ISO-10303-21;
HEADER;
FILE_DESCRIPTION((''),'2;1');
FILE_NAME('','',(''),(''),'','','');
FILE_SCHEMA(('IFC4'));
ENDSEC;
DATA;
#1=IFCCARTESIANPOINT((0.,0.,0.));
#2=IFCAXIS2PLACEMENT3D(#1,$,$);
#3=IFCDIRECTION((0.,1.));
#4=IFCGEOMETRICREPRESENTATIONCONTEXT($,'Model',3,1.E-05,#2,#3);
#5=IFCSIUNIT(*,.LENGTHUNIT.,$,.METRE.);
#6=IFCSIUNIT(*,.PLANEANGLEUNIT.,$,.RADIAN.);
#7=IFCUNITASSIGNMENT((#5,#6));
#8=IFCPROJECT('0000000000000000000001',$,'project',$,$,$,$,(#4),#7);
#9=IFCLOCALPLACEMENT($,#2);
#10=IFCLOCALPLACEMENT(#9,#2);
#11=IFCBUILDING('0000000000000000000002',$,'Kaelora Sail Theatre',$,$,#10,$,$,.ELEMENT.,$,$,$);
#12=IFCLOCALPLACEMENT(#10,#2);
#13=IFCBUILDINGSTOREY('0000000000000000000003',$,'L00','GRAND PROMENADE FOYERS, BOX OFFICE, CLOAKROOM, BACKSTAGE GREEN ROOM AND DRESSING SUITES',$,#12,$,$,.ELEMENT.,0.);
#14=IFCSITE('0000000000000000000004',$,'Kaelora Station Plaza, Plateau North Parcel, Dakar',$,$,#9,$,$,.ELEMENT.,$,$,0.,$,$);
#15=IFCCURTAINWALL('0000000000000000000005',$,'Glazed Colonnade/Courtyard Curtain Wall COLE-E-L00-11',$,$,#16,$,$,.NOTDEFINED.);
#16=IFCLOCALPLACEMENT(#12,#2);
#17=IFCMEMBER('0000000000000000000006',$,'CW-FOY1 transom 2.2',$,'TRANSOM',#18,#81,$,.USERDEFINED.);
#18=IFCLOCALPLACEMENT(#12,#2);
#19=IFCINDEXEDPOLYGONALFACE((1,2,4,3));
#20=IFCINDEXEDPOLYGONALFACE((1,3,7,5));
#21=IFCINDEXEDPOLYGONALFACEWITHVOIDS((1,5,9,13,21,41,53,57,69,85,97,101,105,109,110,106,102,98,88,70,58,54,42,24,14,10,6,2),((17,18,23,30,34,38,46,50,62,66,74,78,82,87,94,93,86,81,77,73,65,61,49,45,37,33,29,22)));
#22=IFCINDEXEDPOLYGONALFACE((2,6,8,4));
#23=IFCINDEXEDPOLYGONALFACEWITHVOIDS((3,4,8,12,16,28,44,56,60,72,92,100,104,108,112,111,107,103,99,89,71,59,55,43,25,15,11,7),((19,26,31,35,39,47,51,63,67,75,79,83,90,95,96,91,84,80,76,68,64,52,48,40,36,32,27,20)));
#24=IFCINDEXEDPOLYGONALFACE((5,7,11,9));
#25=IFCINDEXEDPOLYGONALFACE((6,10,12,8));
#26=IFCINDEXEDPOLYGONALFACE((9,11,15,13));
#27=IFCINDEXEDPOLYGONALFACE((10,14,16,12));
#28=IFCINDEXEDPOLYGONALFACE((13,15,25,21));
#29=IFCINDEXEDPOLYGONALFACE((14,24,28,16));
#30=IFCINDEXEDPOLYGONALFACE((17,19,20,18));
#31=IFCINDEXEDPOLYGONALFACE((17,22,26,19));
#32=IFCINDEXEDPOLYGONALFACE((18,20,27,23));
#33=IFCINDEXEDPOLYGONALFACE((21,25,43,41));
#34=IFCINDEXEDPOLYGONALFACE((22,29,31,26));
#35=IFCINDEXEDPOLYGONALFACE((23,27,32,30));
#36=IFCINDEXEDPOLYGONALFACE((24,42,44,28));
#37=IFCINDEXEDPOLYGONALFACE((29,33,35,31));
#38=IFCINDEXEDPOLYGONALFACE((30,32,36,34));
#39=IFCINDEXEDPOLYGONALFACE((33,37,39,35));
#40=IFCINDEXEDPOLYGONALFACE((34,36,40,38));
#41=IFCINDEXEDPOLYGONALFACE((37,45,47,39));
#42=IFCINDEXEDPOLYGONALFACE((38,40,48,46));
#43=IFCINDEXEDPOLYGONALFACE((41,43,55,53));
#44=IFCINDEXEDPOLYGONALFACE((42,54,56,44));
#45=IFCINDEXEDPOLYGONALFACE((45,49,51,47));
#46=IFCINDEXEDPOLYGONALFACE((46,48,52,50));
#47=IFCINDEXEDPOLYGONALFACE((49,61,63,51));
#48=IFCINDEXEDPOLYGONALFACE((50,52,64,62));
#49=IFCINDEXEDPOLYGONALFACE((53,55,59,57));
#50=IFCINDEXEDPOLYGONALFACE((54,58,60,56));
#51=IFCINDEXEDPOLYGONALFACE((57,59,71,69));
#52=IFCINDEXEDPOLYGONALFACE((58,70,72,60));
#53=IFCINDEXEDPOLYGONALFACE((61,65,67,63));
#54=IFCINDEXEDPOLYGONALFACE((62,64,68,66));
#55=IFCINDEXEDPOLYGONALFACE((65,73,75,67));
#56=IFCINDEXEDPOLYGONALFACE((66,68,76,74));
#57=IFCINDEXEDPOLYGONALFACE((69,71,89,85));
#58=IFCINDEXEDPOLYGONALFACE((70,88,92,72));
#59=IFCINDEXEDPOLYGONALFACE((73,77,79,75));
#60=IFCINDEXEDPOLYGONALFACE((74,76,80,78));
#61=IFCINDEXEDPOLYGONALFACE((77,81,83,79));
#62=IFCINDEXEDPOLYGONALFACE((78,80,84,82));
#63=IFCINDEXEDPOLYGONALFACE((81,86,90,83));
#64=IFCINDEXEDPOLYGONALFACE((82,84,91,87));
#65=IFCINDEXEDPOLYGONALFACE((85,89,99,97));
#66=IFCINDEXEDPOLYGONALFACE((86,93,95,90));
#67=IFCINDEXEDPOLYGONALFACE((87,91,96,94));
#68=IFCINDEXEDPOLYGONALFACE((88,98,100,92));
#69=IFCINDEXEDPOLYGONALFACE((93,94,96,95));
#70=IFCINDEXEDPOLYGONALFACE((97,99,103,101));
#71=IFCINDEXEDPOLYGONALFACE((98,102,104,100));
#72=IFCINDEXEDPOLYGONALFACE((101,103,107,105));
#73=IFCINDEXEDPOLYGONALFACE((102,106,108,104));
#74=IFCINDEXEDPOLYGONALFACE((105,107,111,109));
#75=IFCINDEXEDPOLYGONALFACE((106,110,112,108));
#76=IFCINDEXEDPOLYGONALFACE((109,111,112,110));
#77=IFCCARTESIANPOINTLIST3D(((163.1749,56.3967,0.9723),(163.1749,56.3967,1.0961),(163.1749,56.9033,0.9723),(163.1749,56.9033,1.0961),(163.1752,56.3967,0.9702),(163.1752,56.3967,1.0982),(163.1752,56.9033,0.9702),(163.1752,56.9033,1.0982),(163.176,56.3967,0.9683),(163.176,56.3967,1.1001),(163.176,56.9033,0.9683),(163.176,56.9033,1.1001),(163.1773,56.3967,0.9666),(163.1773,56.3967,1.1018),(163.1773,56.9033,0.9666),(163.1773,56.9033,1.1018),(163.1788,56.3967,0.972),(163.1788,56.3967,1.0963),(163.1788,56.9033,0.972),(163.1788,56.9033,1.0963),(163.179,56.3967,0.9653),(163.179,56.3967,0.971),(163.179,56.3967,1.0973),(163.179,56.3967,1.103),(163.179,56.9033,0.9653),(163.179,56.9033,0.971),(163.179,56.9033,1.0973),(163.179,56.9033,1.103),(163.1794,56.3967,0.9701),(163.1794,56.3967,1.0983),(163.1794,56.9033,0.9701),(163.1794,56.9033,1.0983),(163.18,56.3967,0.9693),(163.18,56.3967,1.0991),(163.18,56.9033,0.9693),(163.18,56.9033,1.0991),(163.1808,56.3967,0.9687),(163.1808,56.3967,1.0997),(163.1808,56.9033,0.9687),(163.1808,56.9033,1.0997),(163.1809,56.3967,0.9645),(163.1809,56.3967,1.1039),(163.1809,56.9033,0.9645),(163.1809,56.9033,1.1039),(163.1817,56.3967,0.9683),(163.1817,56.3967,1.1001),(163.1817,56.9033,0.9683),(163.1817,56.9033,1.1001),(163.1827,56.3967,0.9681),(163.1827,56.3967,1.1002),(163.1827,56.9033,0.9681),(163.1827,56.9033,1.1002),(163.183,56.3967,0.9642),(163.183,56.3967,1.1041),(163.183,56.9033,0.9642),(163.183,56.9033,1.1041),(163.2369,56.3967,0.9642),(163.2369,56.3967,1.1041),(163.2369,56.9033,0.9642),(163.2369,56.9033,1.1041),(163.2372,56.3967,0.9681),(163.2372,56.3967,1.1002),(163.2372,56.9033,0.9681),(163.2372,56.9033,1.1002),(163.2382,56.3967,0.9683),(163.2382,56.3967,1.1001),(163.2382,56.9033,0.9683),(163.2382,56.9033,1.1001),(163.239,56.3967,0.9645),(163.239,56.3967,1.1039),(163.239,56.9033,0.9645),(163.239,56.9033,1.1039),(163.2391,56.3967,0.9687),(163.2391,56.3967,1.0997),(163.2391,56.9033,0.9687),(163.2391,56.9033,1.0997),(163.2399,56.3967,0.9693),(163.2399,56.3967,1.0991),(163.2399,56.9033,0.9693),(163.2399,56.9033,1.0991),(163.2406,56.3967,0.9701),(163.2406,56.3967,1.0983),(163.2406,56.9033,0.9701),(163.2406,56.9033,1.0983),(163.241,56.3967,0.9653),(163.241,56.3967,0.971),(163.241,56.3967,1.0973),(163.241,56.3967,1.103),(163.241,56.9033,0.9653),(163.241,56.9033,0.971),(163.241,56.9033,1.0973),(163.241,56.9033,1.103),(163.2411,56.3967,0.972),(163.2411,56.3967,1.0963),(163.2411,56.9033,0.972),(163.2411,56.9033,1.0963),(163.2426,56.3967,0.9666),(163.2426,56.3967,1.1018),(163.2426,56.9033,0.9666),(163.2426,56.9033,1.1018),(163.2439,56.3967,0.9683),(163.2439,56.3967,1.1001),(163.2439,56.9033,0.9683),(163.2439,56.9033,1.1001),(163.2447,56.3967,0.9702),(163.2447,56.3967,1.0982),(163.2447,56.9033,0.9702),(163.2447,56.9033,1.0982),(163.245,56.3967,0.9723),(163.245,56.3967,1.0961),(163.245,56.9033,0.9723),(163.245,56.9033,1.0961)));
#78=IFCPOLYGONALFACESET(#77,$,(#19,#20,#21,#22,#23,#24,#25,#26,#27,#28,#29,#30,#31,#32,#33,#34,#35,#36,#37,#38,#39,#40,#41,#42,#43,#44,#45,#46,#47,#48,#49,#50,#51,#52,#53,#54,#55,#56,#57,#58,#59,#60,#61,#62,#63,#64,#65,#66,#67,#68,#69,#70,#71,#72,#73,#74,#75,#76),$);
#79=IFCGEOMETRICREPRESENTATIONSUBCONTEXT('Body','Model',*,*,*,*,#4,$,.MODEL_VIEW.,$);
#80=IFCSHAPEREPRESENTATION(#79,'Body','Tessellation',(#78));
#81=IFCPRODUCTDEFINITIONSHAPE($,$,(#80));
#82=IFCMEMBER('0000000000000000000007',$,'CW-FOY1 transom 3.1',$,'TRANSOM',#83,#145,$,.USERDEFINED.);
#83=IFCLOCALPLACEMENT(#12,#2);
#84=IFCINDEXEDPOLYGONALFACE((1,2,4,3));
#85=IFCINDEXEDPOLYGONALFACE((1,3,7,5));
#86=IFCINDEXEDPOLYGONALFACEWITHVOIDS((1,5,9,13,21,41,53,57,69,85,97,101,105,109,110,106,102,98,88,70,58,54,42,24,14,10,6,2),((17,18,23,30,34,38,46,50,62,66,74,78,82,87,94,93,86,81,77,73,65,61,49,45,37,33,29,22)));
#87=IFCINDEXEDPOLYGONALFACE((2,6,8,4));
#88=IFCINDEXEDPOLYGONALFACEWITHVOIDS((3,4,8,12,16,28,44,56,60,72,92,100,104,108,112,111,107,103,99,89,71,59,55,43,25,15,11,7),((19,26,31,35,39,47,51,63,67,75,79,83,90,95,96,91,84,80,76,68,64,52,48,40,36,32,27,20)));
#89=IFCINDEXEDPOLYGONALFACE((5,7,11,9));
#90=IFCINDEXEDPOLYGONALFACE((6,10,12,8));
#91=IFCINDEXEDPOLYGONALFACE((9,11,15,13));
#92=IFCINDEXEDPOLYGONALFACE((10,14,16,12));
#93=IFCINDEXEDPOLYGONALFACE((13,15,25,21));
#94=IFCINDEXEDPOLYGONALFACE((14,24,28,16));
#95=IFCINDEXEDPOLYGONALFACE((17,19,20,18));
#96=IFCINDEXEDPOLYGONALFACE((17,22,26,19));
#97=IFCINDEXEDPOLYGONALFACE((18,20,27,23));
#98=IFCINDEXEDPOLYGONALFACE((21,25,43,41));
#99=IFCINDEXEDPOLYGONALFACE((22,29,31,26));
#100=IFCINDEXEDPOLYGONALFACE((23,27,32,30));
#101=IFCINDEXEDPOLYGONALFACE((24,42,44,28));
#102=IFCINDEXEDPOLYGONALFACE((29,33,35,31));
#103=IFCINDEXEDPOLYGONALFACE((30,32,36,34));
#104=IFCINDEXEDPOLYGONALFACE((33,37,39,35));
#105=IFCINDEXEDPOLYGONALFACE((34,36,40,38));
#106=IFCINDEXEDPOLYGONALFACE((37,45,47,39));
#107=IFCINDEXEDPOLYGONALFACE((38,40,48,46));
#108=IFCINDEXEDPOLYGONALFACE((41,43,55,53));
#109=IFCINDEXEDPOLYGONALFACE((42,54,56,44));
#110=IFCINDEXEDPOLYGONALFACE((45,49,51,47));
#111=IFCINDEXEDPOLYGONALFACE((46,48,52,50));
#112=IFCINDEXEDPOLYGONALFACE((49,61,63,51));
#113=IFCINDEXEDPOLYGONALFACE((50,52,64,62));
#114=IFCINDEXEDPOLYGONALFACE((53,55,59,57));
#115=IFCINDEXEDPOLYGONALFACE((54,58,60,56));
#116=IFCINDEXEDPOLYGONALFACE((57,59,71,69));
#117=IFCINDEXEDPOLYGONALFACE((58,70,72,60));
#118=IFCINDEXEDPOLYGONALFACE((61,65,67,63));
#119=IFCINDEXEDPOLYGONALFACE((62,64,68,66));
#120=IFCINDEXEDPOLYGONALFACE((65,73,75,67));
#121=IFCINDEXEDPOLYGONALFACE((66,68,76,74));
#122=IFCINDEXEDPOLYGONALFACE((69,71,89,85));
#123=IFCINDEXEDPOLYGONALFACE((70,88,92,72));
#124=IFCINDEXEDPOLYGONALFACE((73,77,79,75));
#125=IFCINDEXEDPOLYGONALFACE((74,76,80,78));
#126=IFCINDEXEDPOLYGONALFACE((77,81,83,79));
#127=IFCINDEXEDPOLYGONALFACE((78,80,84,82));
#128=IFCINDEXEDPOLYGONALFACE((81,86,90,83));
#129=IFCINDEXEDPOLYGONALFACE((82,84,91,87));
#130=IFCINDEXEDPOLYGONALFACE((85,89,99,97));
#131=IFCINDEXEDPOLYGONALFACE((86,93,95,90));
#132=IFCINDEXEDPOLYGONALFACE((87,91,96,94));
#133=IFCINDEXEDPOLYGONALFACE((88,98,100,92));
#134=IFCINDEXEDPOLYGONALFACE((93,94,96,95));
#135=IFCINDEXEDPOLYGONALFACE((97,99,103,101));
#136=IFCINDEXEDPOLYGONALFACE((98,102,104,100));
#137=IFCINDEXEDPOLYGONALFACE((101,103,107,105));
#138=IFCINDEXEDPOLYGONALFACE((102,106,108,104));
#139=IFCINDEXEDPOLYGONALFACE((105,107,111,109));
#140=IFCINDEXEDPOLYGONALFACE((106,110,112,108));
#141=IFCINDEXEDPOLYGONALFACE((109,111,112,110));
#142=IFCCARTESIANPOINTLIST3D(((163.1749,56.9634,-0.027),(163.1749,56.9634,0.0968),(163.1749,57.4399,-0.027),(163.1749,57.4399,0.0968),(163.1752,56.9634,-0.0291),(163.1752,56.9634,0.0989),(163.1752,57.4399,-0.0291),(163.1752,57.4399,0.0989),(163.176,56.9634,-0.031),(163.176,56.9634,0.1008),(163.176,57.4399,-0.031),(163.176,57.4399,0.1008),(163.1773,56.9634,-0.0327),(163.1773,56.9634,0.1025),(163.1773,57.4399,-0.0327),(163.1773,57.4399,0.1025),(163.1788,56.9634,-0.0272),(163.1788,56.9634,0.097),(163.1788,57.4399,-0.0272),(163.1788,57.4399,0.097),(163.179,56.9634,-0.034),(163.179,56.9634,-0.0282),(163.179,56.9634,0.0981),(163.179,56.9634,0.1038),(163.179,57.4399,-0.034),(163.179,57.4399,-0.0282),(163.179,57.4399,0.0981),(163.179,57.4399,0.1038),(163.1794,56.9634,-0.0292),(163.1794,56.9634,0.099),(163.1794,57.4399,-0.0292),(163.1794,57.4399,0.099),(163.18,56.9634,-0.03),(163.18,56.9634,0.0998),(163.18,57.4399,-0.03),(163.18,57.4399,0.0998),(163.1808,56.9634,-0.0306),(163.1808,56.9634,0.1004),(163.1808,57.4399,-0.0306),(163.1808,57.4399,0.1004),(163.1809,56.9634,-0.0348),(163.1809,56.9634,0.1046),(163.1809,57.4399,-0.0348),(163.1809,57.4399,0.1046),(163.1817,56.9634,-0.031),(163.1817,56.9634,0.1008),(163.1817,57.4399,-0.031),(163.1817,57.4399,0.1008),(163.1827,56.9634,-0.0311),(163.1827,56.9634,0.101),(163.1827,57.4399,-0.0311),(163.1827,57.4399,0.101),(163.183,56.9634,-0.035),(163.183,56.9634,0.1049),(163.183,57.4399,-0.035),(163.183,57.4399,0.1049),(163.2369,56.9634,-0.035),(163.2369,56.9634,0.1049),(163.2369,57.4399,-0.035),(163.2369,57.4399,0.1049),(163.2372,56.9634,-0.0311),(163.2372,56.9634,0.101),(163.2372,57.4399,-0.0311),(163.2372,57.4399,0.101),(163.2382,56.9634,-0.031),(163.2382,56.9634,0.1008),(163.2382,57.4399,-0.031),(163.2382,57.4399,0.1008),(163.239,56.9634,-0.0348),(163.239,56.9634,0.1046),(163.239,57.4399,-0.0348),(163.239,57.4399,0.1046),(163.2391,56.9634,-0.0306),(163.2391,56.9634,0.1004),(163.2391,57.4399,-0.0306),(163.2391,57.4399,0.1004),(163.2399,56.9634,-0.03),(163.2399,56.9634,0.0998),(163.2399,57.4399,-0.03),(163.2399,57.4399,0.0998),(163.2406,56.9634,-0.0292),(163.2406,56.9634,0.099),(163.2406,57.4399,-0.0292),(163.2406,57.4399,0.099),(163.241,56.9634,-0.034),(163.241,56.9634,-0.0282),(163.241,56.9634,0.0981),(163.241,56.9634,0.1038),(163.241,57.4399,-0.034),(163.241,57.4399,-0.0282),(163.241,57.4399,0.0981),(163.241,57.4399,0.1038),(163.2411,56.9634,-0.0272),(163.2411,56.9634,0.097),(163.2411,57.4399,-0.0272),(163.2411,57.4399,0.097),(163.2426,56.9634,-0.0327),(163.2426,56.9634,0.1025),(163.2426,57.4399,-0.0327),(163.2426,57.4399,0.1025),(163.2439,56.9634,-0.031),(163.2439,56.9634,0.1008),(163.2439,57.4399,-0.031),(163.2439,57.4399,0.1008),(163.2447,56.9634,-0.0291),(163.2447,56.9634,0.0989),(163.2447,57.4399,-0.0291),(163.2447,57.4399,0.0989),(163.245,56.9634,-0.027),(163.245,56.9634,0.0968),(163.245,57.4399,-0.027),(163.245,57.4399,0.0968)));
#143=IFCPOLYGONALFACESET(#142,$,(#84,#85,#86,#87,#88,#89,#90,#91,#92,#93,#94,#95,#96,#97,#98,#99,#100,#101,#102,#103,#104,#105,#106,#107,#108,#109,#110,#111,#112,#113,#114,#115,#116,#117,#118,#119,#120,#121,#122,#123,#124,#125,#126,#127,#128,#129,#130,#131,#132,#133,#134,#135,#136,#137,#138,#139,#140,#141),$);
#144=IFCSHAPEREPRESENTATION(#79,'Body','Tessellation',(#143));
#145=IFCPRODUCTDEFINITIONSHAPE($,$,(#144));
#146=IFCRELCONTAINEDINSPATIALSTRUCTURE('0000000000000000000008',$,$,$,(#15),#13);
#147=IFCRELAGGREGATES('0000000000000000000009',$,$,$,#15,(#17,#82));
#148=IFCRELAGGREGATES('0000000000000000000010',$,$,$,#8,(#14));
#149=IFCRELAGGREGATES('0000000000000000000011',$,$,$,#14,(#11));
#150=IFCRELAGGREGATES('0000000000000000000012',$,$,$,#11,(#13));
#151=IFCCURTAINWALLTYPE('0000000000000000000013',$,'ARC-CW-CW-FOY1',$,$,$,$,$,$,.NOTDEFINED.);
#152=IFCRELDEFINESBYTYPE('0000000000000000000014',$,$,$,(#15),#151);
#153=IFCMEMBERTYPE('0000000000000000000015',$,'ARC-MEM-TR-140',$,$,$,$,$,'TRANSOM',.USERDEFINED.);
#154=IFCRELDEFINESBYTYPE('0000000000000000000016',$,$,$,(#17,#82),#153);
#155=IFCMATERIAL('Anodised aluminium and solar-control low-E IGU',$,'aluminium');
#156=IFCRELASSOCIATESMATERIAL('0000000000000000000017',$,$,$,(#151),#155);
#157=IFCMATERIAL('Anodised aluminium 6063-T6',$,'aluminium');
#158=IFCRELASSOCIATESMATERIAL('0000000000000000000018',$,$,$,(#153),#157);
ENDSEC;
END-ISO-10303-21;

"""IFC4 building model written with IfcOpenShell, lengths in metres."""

from ifc_helpers import new_model, si_unit, direction, frame, origin, origin_2d, place, context, subcontext, project, spatial, hollow_rectangle, extrude, material, material_profile, profile_set, type_object, element, aggregate, save


model = new_model("IFC4")

# Units and contexts
model_context = context("Model", 3, precision=1e-05, world=origin(), true_north=direction((0.0, 1.0)))
body_context = subcontext(model_context, "Body", "Model", "MODEL_VIEW")
ifc_project = project(units=[si_unit("LENGTHUNIT", "METRE"), si_unit("PLANEANGLEUNIT", "RADIAN")], contexts=[model_context])

# Site, building, storey
site_placement = place(None, origin())
site = spatial("IfcSite", under=ifc_project, at=site_placement, Name="Kaelora Station Plaza, Plateau North Parcel, Dakar", CompositionType="ELEMENT", RefElevation=0.0)
building_placement = place(site_placement, origin())
building = spatial("IfcBuilding", under=site, at=building_placement, Name="Kaelora Sail Theatre", CompositionType="ELEMENT")
storey_placement = place(building_placement, origin())
storey = spatial("IfcBuildingStorey", under=building, at=storey_placement, Name="L00", Description="GRAND PROMENADE FOYERS, BOX OFFICE, CLOAKROOM, BACKSTAGE GREEN ROOM AND DRESSING SUITES", CompositionType="ELEMENT", Elevation=0.0)

# Curtain wall
ifc_material_1 = material(Name="Anodised aluminium and solar-control low-E IGU", Category="aluminium")
curtain_wall_type = type_object("IfcCurtainWallType", Name="ARC-CW-CW-FOY1", PredefinedType="NOTDEFINED", material=ifc_material_1)
curtain_wall_1_placement = place(storey_placement, origin())
curtain_wall_1 = element("IfcCurtainWall", 1, at=curtain_wall_1_placement, inside=storey, type_object=curtain_wall_type, Name="Glazed Colonnade/Courtyard Curtain Wall COLE-E-L00-11", PredefinedType="NOTDEFINED")

# Members
ifc_material_2 = material(Name="Anodised aluminium 6063-T6", Category="aluminium")
ifc_material_profile_1 = material_profile(ifc_material_2, hollow_rectangle(XDim=0.0701, YDim=0.1399, WallThickness=0.0039, InnerFilletRadius=0.0039, OuterFilletRadius=0.0081, at=origin_2d()), Name="ALU-TRAN 70x140x4")
ifc_profile_set_1 = profile_set([ifc_material_profile_1], Name="Anodised aluminium 6063-T6")
member_type_1 = type_object("IfcMemberType", Name="ARC-MEM-TR-140", ElementType="TRANSOM", PredefinedType="USERDEFINED", material=ifc_profile_set_1)
member_1_placement = place(storey_placement, frame((163.21, 56.3967, 1.0342), z_axis=(0.0, 1.0, 0.0), x_axis=(-1.0, 0.0, 0.0)))
member_1 = element("IfcMember", 2, at=member_1_placement, type_object=member_type_1, Name="CW-FOY1 transom 2.2", ObjectType="TRANSOM", PredefinedType="USERDEFINED", context=body_context, shape_type="SweptSolid", body=[
    extrude(hollow_rectangle(XDim=0.0701, YDim=0.1399, WallThickness=0.0039, InnerFilletRadius=0.0039, OuterFilletRadius=0.0081, at=origin_2d()), origin(), (0.0, 0.0, 1.0), 0.5066),
])
member_2_placement = place(storey_placement, frame((163.21, 56.9634, 0.0349), z_axis=(0.0, 1.0, 0.0), x_axis=(-1.0, 0.0, 0.0)))
member_2 = element("IfcMember", 3, at=member_2_placement, type_object=member_type_1, Name="CW-FOY1 transom 3.1", ObjectType="TRANSOM", PredefinedType="USERDEFINED", context=body_context, shape_type="SweptSolid", body=[
    extrude(hollow_rectangle(XDim=0.0701, YDim=0.1399, WallThickness=0.0039, InnerFilletRadius=0.0039, OuterFilletRadius=0.0081, at=origin_2d()), origin(), (0.0, 0.0, 1.0), 0.4766),
])

aggregate(curtain_wall_1, [member_1, member_2])

save(model, "model.ifc")
